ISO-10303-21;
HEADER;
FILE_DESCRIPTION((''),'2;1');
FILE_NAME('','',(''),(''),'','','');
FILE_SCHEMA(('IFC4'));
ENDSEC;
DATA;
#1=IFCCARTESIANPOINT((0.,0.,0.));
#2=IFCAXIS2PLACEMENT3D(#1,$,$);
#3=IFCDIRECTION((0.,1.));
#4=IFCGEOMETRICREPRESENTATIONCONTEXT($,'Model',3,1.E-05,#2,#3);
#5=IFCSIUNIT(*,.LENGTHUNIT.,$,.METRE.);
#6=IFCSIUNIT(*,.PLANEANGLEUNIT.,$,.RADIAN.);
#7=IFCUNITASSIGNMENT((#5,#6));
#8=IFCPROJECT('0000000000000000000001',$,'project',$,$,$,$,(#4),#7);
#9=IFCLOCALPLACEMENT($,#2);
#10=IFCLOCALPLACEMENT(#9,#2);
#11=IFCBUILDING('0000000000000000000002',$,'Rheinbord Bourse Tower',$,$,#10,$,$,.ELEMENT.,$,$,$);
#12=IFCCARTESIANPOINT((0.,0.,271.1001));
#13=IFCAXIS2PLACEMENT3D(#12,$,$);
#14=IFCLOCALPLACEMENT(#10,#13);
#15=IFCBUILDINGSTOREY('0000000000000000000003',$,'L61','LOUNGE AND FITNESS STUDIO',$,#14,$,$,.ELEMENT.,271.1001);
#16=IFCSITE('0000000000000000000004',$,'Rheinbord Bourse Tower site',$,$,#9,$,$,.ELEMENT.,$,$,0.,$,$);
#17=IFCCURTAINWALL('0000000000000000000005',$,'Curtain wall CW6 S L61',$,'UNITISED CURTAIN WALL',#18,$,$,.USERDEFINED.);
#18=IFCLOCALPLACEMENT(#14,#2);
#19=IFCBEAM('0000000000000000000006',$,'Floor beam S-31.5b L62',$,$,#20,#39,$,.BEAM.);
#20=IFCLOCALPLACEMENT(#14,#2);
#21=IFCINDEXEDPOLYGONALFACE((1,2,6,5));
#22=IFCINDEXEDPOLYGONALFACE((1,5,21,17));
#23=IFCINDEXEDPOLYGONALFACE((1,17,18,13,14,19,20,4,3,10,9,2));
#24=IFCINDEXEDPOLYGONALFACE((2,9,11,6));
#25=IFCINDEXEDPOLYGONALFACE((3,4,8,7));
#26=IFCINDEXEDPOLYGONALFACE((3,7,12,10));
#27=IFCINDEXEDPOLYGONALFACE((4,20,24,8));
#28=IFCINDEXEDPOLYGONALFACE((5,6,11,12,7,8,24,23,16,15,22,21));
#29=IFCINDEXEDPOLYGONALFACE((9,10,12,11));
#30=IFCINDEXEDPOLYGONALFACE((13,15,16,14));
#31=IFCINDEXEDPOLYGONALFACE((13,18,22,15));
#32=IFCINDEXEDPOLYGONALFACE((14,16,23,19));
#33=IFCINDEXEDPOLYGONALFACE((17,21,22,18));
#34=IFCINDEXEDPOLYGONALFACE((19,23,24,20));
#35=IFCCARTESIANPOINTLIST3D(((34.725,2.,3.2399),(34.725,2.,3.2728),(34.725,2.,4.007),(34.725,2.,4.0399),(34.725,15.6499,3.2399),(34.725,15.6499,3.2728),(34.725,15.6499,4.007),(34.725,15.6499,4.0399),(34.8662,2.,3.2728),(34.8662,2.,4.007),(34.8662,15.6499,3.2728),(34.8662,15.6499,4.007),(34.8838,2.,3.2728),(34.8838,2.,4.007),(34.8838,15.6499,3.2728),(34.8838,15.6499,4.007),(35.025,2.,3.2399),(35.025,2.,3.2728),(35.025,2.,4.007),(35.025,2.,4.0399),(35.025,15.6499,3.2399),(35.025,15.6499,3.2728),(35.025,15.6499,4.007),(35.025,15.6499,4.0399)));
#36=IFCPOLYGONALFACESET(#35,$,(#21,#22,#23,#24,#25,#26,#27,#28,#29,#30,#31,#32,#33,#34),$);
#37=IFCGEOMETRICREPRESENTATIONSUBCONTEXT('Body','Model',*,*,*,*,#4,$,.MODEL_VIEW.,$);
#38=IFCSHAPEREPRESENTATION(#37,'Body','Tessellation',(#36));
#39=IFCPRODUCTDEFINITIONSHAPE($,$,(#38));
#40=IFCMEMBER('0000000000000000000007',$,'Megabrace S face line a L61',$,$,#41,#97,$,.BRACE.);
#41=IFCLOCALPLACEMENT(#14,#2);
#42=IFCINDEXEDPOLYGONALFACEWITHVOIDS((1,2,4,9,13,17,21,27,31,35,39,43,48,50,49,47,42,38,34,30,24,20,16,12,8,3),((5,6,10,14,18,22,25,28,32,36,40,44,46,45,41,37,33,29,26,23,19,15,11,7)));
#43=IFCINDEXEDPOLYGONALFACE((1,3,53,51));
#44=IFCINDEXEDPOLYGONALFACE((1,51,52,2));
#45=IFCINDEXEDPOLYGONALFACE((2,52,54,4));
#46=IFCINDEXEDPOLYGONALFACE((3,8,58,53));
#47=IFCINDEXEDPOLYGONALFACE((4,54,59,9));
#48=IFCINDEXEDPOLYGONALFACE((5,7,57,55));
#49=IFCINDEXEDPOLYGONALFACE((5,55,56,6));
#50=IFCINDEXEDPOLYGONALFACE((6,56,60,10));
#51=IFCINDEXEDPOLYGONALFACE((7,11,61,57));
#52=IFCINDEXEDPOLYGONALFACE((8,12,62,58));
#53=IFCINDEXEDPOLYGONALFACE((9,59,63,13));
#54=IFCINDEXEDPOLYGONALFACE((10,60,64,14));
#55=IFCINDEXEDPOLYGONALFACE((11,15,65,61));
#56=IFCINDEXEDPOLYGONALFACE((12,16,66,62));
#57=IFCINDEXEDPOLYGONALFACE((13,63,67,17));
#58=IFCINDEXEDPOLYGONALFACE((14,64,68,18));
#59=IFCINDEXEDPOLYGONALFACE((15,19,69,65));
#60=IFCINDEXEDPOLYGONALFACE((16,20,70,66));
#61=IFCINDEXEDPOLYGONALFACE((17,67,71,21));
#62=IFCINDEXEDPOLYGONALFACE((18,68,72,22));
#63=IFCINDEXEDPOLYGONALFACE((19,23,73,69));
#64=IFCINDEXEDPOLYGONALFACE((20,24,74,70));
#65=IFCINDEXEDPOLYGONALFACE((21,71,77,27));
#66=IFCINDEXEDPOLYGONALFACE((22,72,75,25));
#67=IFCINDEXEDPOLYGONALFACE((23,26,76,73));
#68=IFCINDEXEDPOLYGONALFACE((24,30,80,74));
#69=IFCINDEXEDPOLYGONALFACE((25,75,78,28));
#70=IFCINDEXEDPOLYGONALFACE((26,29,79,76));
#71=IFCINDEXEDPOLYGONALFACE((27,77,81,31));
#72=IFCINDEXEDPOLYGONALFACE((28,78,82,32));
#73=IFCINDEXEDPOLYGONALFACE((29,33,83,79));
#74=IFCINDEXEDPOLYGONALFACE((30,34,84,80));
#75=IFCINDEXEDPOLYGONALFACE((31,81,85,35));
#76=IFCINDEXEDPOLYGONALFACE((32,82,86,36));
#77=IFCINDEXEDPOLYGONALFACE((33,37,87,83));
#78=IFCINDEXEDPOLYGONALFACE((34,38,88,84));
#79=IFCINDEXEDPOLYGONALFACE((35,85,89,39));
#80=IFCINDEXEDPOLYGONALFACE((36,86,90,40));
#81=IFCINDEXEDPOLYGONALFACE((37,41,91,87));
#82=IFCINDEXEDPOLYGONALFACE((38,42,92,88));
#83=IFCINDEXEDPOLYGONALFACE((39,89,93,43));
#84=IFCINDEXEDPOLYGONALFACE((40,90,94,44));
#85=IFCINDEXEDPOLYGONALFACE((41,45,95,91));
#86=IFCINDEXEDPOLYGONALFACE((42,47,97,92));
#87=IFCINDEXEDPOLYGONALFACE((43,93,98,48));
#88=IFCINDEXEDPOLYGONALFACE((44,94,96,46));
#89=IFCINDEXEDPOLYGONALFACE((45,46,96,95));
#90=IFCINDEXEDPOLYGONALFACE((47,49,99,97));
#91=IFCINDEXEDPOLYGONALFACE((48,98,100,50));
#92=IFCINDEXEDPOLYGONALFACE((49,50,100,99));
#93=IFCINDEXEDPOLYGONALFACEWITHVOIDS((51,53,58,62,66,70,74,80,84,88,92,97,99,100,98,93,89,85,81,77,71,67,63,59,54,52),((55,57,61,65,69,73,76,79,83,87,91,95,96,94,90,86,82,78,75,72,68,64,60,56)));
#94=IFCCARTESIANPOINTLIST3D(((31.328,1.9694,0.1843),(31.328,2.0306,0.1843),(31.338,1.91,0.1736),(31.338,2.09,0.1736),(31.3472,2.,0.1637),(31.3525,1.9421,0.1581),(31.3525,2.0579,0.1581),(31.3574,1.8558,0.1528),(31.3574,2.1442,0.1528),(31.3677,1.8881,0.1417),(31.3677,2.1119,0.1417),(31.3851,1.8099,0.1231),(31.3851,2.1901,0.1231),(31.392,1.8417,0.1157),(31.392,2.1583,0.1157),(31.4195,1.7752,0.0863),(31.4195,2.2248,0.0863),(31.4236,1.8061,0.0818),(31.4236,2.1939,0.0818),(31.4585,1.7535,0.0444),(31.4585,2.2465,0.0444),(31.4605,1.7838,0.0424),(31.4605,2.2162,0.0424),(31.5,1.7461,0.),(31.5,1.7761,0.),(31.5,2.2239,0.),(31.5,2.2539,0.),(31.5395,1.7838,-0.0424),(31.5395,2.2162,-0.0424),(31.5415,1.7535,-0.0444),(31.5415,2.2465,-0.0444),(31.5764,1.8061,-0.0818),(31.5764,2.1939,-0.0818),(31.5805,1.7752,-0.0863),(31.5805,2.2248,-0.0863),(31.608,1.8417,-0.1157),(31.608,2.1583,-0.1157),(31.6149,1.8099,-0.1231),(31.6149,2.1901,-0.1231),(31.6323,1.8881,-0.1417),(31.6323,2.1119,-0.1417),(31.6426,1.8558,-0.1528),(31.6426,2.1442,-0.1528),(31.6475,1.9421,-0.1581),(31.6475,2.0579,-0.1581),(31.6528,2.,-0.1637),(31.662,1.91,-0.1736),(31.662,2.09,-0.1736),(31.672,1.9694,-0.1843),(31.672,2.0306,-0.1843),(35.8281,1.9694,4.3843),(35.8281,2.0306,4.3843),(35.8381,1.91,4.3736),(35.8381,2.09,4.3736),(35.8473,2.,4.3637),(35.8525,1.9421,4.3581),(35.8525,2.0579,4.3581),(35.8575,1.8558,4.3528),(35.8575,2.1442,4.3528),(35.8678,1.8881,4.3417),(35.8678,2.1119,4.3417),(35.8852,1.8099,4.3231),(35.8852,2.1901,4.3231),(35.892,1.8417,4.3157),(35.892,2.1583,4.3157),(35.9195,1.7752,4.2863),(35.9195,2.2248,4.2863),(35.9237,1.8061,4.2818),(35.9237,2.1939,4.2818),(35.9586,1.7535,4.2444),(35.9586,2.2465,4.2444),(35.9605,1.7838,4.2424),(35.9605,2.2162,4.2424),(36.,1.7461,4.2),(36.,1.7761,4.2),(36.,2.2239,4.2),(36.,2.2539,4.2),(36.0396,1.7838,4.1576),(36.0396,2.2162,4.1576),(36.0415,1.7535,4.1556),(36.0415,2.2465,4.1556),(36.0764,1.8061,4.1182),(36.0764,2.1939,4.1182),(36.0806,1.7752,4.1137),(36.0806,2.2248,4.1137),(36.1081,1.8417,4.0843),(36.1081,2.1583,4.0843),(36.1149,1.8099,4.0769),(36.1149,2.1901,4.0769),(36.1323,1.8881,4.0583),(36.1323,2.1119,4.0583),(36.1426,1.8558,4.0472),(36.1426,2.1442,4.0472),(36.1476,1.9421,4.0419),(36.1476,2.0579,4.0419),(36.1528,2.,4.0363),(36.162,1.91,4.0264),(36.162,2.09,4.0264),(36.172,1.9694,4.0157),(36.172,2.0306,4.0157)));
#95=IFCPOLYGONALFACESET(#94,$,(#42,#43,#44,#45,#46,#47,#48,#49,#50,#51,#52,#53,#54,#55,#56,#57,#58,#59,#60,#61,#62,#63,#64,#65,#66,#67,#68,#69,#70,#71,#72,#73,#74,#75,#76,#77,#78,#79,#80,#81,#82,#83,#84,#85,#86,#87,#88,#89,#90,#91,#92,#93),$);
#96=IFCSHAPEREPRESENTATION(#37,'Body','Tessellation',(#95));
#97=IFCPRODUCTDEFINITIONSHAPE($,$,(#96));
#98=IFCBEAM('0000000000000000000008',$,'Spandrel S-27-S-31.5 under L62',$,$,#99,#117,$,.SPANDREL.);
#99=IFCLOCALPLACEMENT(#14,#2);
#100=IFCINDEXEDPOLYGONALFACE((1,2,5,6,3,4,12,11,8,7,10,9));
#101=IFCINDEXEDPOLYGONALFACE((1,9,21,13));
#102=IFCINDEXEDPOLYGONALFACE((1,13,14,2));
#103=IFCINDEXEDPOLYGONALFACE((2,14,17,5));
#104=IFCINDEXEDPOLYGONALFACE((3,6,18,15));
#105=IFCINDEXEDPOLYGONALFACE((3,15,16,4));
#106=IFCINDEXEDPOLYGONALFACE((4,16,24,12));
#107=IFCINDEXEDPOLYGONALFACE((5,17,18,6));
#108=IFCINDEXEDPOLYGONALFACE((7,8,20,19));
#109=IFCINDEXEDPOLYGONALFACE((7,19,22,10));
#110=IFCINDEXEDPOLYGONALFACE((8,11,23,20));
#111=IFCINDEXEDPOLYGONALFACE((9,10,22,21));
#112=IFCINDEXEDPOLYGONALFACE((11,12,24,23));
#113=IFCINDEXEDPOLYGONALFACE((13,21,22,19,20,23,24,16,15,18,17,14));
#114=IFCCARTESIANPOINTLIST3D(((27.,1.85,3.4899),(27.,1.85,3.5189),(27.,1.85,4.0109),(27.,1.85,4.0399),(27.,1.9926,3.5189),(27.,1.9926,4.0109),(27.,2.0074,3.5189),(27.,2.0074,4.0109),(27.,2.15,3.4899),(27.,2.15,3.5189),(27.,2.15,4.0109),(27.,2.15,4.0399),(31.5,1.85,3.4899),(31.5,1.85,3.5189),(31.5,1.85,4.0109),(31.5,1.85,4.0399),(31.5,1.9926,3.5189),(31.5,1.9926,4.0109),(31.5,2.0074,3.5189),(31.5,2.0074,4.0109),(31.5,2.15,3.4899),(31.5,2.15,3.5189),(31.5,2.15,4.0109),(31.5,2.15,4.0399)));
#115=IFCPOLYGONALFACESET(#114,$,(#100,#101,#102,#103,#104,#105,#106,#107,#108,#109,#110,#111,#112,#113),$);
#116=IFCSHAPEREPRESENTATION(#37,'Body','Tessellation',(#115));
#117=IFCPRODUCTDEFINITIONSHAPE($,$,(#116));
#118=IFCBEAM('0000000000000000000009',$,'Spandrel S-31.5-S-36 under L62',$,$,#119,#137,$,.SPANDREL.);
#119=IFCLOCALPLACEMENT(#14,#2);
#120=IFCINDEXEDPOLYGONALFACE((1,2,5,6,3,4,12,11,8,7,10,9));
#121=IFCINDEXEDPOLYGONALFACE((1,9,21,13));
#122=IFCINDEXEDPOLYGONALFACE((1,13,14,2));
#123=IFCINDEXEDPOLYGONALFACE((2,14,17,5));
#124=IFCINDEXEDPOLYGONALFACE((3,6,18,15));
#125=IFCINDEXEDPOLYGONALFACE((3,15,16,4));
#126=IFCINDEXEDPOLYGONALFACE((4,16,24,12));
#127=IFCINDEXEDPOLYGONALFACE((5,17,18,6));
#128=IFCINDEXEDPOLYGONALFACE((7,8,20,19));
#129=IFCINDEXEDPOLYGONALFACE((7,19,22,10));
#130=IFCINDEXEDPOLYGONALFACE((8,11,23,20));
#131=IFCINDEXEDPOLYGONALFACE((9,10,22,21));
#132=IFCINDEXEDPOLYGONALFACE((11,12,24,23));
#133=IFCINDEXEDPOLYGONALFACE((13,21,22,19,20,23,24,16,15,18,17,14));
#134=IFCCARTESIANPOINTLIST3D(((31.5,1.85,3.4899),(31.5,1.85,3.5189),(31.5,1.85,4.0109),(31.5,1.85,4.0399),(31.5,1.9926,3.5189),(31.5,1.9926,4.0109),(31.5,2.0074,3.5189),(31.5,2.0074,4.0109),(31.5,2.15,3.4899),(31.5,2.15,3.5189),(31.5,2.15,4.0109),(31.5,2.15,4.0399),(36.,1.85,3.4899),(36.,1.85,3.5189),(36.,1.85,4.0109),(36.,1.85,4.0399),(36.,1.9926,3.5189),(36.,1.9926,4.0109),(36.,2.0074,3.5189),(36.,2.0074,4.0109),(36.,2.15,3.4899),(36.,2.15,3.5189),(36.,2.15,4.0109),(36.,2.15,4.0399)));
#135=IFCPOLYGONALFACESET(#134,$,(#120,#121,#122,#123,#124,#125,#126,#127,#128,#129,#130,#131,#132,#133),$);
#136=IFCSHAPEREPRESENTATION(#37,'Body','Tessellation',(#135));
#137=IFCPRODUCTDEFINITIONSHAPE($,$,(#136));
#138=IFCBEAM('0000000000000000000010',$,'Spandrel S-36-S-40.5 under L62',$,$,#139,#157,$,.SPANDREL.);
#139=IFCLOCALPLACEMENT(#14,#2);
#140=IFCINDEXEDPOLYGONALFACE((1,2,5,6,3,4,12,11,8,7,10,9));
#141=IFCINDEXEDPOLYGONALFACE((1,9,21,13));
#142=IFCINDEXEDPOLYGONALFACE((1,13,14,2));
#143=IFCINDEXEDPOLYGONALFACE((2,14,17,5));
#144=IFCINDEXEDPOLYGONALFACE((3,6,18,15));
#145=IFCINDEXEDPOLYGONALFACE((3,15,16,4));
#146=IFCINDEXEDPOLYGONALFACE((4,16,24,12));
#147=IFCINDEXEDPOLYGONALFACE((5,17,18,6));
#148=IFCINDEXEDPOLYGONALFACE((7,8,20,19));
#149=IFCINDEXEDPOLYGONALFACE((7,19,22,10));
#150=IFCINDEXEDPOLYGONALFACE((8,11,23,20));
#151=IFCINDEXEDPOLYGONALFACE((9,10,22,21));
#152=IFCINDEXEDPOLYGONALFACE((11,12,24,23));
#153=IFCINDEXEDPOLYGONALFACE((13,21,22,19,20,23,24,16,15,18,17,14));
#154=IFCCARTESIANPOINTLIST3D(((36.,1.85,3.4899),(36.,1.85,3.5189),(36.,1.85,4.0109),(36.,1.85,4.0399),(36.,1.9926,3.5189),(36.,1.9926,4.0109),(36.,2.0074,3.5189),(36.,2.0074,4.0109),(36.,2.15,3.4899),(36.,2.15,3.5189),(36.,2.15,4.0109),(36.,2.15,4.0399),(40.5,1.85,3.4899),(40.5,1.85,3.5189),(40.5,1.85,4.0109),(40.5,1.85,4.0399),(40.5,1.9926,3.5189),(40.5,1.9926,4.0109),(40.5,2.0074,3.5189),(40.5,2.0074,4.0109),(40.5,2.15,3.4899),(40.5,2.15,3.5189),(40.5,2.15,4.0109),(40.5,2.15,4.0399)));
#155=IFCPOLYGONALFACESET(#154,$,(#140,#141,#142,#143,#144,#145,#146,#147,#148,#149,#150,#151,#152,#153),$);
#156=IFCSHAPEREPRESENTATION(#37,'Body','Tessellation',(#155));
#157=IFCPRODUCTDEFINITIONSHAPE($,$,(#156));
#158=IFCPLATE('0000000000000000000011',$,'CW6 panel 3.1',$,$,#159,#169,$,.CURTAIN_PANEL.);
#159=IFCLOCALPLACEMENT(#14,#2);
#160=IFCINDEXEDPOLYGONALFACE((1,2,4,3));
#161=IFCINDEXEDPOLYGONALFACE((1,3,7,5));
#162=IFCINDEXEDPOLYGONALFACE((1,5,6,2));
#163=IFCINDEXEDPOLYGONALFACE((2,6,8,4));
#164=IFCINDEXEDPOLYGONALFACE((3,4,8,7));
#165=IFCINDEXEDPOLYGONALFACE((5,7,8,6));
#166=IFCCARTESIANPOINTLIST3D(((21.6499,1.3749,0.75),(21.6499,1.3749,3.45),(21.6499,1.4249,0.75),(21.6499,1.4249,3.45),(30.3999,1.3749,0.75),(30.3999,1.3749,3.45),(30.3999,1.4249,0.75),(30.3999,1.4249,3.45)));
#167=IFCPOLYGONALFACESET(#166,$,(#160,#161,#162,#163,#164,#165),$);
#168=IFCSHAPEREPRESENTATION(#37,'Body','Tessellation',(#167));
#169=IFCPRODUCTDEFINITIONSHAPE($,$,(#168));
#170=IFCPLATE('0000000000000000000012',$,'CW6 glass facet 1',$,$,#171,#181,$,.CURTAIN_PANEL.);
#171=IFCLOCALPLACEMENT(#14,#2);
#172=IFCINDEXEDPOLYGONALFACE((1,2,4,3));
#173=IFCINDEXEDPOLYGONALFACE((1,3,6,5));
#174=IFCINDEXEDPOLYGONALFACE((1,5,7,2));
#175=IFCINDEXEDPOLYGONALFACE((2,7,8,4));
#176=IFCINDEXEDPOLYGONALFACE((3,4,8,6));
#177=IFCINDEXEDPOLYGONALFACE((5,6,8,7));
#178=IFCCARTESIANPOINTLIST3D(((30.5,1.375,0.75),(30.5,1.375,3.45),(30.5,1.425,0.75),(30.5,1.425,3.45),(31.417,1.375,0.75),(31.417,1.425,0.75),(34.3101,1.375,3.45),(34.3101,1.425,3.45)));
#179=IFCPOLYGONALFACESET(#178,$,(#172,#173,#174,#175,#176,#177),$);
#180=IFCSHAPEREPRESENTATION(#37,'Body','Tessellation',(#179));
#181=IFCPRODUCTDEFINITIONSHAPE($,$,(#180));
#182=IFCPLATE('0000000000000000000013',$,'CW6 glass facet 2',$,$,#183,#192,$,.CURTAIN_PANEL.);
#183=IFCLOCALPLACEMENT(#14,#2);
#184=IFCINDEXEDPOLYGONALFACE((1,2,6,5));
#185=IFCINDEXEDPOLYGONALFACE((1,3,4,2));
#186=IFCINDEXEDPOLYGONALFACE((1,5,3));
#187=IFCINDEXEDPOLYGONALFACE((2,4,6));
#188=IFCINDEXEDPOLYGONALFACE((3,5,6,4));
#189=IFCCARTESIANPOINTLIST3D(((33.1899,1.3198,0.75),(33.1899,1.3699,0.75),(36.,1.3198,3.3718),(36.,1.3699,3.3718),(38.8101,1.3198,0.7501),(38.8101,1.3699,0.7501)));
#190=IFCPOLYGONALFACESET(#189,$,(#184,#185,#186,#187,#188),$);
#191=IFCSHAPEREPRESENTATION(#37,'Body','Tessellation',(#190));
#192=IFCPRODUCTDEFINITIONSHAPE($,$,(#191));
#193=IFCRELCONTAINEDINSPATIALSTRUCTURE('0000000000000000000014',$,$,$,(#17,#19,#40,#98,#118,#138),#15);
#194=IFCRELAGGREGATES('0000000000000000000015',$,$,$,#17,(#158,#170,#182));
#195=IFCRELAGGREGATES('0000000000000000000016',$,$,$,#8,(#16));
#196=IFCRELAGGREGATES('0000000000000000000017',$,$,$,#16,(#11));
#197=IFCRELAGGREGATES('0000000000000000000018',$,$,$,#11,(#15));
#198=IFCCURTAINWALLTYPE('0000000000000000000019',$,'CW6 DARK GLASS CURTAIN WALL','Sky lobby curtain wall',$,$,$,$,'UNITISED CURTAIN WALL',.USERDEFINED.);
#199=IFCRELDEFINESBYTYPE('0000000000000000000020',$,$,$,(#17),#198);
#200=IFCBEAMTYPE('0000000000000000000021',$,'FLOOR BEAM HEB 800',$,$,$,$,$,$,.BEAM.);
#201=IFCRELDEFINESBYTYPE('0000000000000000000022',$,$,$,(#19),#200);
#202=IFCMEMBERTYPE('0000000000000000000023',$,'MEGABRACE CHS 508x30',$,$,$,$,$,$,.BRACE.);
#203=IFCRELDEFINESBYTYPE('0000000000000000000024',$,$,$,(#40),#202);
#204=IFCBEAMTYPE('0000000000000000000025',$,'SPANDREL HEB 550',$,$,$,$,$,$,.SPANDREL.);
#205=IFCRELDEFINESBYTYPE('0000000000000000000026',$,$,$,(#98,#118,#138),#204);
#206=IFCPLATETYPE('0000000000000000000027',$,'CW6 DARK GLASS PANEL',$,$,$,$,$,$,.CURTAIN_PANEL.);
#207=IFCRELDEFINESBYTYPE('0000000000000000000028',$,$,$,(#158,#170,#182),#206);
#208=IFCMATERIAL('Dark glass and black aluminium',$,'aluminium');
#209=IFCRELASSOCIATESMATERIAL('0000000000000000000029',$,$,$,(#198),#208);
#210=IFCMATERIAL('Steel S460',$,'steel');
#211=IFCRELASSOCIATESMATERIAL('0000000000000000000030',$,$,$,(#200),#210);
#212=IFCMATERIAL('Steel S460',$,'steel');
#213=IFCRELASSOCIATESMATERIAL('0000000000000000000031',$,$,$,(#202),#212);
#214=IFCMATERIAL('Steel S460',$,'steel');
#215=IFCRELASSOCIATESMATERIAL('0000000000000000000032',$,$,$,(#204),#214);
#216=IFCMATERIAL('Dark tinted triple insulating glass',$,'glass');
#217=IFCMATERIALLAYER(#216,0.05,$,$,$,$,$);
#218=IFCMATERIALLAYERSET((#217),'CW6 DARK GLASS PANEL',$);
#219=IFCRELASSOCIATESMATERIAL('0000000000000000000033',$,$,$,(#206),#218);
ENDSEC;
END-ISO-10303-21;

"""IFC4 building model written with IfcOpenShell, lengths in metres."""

from ifc_helpers import new_model, si_unit, direction, frame, origin, origin_2d, place, context, subcontext, project, spatial, polyline, rectangle, hollow_circle, i_section, outline, extrude, material, layer, layer_set, material_profile, profile_set, type_object, element, aggregate, save


model = new_model("IFC4")

# Units and contexts
model_context = context("Model", 3, precision=1e-05, world=origin(), true_north=direction((0.0, 1.0)))
body_context = subcontext(model_context, "Body", "Model", "MODEL_VIEW")
ifc_project = project(units=[si_unit("LENGTHUNIT", "METRE"), si_unit("PLANEANGLEUNIT", "RADIAN")], contexts=[model_context])

# Site, building, storey
site_placement = place(None, origin())
site = spatial("IfcSite", under=ifc_project, at=site_placement, Name="Rheinbord Bourse Tower site", CompositionType="ELEMENT", RefElevation=0.0)
building_placement = place(site_placement, origin())
building = spatial("IfcBuilding", under=site, at=building_placement, Name="Rheinbord Bourse Tower", CompositionType="ELEMENT")
storey_placement = place(building_placement, frame((0.0, 0.0, 271.1001)))
storey = spatial("IfcBuildingStorey", under=building, at=storey_placement, Name="L61", Description="LOUNGE AND FITNESS STUDIO", CompositionType="ELEMENT", Elevation=271.1001)

# Curtain wall
ifc_material_1 = material(Name="Dark glass and black aluminium", Category="aluminium")
curtain_wall_type = type_object("IfcCurtainWallType", Name="CW6 DARK GLASS CURTAIN WALL", Description="Sky lobby curtain wall", ElementType="UNITISED CURTAIN WALL", PredefinedType="USERDEFINED", material=ifc_material_1)
curtain_wall_placement = place(storey_placement, origin())
curtain_wall = element("IfcCurtainWall", 1, at=curtain_wall_placement, inside=storey, type_object=curtain_wall_type, Name="Curtain wall CW6 S L61", ObjectType="UNITISED CURTAIN WALL", PredefinedType="USERDEFINED")

# Beam
ifc_material_2 = material(Name="Steel S460", Category="steel")
ifc_material_profile_1 = material_profile(ifc_material_2, i_section(OverallWidth=0.3, OverallDepth=0.8, WebThickness=0.0176, FlangeThickness=0.033, at=origin_2d()), Name="HEB 800")
ifc_profile_set_1 = profile_set([ifc_material_profile_1], Name="Steel S460")
beam_type_1 = type_object("IfcBeamType", Name="FLOOR BEAM HEB 800", PredefinedType="BEAM", material=ifc_profile_set_1)
for number, where, z_axis, x_axis, name in (
    (2, (34.875, 2.0, 3.6399), (0.0, 1.0, 0.0), (-1.0, 0.0, 0.0), "Floor beam S-31.5b L62"),
):
    element("IfcBeam", number, at=place(storey_placement, frame(where, z_axis=z_axis, x_axis=x_axis)), inside=storey, type_object=beam_type_1, Name=name, PredefinedType="BEAM", context=body_context, shape_type="SweptSolid", body=[
        extrude(i_section(OverallWidth=0.3, OverallDepth=0.8, WebThickness=0.0176, FlangeThickness=0.033, at=origin_2d()), origin(), (0.0, 0.0, 1.0), 13.6499),
    ])

# Member
ifc_material_3 = material(Name="Steel S460", Category="steel")
ifc_material_profile_2 = material_profile(ifc_material_3, hollow_circle(Radius=0.2539, WallThickness=0.03, at=origin_2d()), Name="CHS 508x30")
ifc_profile_set_2 = profile_set([ifc_material_profile_2], Name="Steel S460")
member_type_1 = type_object("IfcMemberType", Name="MEGABRACE CHS 508x30", PredefinedType="BRACE", material=ifc_profile_set_2)
member_1_placement = place(storey_placement, frame((31.5, 2.0, 0.0), z_axis=(0.731059, 0.0, 0.682314), x_axis=(0.0, 1.0, 0.0)))
element("IfcMember", 3, at=member_1_placement, inside=storey, type_object=member_type_1, Name="Megabrace S face line a L61", PredefinedType="BRACE", context=body_context, shape_type="SweptSolid", body=[
    extrude(hollow_circle(Radius=0.2539, WallThickness=0.03, at=origin_2d()), origin(), (0.0, 0.0, 1.0), 6.1555),
])

# Beams
ifc_material_4 = material(Name="Steel S460", Category="steel")
ifc_material_profile_3 = material_profile(ifc_material_4, i_section(OverallWidth=0.3, OverallDepth=0.55, WebThickness=0.0149, FlangeThickness=0.0291, at=origin_2d()), Name="HEB 550")
ifc_profile_set_3 = profile_set([ifc_material_profile_3], Name="Steel S460")
beam_type_2 = type_object("IfcBeamType", Name="SPANDREL HEB 550", PredefinedType="SPANDREL", material=ifc_profile_set_3)
for number, where, z_axis, x_axis, name in (
    (4, (27.0, 2.0, 3.7649), (1.0, 0.0, 0.0), (0.0, 1.0, 0.0), "Spandrel S-27-S-31.5 under L62"),
    (5, (31.5, 2.0, 3.7649), (1.0, 0.0, 0.0), (0.0, 1.0, 0.0), "Spandrel S-31.5-S-36 under L62"),
    (6, (36.0, 2.0, 3.7649), (1.0, 0.0, 0.0), (0.0, 1.0, 0.0), "Spandrel S-36-S-40.5 under L62"),
):
    element("IfcBeam", number, at=place(storey_placement, frame(where, z_axis=z_axis, x_axis=x_axis)), inside=storey, type_object=beam_type_2, Name=name, PredefinedType="SPANDREL", context=body_context, shape_type="SweptSolid", body=[
        extrude(i_section(OverallWidth=0.3, OverallDepth=0.55, WebThickness=0.0149, FlangeThickness=0.0291, at=origin_2d()), origin(), (0.0, 0.0, 1.0), 4.5),
    ])

# Plates
ifc_material_5 = material(Name="Dark tinted triple insulating glass", Category="glass")
ifc_layer_1 = layer(ifc_material_5, 0.05)
ifc_layer_set_1 = layer_set([ifc_layer_1], Name="CW6 DARK GLASS PANEL")
plate_type = type_object("IfcPlateType", Name="CW6 DARK GLASS PANEL", PredefinedType="CURTAIN_PANEL", material=ifc_layer_set_1)
plate_1_placement = place(storey_placement, frame((26.0249, 1.3999, 0.75), z_axis=(0.0, 0.0, 1.0), x_axis=(1.0, 0.0, 0.0)))
plate_1 = element("IfcPlate", 7, at=plate_1_placement, type_object=plate_type, Name="CW6 panel 3.1", PredefinedType="CURTAIN_PANEL", context=body_context, shape_type="SweptSolid", body=[
    extrude(rectangle(XDim=8.75, YDim=0.05, at=origin_2d()), origin(), (0.0, 0.0, 1.0), 2.7),
])
plate_2_placement = place(storey_placement, frame((30.5, 1.375, 0.75), z_axis=(0.0, 1.0, 0.0), x_axis=(0.0, 0.0, 1.0)))
plate_2 = element("IfcPlate", 8, at=plate_2_placement, type_object=plate_type, Name="CW6 glass facet 1", PredefinedType="CURTAIN_PANEL", context=body_context, shape_type="SweptSolid", body=[
    extrude(outline(polyline([(0.0, 0.0), (2.7, 0.0), (2.7, 3.8101), (0.0, 0.917), (0.0, 0.0)])), origin(), (0.0, 0.0, 1.0), 0.05),
])
plate_3_placement = place(storey_placement, frame((33.1899, 1.3198, 0.75), z_axis=(0.0, 1.0, 0.0), x_axis=(0.731171, 0.0, 0.682194)))
plate_3 = element("IfcPlate", 9, at=plate_3_placement, type_object=plate_type, Name="CW6 glass facet 2", PredefinedType="CURTAIN_PANEL", context=body_context, shape_type="SweptSolid", body=[
    extrude(outline(polyline([(0.0, 0.0), (3.8433, 0.0), (4.1094, 3.834), (0.0, 0.0)])), origin(), (0.0, 0.0, 1.0), 0.05),
])
aggregate(curtain_wall, [plate_1, plate_2, plate_3])

save(model, "model.ifc")
